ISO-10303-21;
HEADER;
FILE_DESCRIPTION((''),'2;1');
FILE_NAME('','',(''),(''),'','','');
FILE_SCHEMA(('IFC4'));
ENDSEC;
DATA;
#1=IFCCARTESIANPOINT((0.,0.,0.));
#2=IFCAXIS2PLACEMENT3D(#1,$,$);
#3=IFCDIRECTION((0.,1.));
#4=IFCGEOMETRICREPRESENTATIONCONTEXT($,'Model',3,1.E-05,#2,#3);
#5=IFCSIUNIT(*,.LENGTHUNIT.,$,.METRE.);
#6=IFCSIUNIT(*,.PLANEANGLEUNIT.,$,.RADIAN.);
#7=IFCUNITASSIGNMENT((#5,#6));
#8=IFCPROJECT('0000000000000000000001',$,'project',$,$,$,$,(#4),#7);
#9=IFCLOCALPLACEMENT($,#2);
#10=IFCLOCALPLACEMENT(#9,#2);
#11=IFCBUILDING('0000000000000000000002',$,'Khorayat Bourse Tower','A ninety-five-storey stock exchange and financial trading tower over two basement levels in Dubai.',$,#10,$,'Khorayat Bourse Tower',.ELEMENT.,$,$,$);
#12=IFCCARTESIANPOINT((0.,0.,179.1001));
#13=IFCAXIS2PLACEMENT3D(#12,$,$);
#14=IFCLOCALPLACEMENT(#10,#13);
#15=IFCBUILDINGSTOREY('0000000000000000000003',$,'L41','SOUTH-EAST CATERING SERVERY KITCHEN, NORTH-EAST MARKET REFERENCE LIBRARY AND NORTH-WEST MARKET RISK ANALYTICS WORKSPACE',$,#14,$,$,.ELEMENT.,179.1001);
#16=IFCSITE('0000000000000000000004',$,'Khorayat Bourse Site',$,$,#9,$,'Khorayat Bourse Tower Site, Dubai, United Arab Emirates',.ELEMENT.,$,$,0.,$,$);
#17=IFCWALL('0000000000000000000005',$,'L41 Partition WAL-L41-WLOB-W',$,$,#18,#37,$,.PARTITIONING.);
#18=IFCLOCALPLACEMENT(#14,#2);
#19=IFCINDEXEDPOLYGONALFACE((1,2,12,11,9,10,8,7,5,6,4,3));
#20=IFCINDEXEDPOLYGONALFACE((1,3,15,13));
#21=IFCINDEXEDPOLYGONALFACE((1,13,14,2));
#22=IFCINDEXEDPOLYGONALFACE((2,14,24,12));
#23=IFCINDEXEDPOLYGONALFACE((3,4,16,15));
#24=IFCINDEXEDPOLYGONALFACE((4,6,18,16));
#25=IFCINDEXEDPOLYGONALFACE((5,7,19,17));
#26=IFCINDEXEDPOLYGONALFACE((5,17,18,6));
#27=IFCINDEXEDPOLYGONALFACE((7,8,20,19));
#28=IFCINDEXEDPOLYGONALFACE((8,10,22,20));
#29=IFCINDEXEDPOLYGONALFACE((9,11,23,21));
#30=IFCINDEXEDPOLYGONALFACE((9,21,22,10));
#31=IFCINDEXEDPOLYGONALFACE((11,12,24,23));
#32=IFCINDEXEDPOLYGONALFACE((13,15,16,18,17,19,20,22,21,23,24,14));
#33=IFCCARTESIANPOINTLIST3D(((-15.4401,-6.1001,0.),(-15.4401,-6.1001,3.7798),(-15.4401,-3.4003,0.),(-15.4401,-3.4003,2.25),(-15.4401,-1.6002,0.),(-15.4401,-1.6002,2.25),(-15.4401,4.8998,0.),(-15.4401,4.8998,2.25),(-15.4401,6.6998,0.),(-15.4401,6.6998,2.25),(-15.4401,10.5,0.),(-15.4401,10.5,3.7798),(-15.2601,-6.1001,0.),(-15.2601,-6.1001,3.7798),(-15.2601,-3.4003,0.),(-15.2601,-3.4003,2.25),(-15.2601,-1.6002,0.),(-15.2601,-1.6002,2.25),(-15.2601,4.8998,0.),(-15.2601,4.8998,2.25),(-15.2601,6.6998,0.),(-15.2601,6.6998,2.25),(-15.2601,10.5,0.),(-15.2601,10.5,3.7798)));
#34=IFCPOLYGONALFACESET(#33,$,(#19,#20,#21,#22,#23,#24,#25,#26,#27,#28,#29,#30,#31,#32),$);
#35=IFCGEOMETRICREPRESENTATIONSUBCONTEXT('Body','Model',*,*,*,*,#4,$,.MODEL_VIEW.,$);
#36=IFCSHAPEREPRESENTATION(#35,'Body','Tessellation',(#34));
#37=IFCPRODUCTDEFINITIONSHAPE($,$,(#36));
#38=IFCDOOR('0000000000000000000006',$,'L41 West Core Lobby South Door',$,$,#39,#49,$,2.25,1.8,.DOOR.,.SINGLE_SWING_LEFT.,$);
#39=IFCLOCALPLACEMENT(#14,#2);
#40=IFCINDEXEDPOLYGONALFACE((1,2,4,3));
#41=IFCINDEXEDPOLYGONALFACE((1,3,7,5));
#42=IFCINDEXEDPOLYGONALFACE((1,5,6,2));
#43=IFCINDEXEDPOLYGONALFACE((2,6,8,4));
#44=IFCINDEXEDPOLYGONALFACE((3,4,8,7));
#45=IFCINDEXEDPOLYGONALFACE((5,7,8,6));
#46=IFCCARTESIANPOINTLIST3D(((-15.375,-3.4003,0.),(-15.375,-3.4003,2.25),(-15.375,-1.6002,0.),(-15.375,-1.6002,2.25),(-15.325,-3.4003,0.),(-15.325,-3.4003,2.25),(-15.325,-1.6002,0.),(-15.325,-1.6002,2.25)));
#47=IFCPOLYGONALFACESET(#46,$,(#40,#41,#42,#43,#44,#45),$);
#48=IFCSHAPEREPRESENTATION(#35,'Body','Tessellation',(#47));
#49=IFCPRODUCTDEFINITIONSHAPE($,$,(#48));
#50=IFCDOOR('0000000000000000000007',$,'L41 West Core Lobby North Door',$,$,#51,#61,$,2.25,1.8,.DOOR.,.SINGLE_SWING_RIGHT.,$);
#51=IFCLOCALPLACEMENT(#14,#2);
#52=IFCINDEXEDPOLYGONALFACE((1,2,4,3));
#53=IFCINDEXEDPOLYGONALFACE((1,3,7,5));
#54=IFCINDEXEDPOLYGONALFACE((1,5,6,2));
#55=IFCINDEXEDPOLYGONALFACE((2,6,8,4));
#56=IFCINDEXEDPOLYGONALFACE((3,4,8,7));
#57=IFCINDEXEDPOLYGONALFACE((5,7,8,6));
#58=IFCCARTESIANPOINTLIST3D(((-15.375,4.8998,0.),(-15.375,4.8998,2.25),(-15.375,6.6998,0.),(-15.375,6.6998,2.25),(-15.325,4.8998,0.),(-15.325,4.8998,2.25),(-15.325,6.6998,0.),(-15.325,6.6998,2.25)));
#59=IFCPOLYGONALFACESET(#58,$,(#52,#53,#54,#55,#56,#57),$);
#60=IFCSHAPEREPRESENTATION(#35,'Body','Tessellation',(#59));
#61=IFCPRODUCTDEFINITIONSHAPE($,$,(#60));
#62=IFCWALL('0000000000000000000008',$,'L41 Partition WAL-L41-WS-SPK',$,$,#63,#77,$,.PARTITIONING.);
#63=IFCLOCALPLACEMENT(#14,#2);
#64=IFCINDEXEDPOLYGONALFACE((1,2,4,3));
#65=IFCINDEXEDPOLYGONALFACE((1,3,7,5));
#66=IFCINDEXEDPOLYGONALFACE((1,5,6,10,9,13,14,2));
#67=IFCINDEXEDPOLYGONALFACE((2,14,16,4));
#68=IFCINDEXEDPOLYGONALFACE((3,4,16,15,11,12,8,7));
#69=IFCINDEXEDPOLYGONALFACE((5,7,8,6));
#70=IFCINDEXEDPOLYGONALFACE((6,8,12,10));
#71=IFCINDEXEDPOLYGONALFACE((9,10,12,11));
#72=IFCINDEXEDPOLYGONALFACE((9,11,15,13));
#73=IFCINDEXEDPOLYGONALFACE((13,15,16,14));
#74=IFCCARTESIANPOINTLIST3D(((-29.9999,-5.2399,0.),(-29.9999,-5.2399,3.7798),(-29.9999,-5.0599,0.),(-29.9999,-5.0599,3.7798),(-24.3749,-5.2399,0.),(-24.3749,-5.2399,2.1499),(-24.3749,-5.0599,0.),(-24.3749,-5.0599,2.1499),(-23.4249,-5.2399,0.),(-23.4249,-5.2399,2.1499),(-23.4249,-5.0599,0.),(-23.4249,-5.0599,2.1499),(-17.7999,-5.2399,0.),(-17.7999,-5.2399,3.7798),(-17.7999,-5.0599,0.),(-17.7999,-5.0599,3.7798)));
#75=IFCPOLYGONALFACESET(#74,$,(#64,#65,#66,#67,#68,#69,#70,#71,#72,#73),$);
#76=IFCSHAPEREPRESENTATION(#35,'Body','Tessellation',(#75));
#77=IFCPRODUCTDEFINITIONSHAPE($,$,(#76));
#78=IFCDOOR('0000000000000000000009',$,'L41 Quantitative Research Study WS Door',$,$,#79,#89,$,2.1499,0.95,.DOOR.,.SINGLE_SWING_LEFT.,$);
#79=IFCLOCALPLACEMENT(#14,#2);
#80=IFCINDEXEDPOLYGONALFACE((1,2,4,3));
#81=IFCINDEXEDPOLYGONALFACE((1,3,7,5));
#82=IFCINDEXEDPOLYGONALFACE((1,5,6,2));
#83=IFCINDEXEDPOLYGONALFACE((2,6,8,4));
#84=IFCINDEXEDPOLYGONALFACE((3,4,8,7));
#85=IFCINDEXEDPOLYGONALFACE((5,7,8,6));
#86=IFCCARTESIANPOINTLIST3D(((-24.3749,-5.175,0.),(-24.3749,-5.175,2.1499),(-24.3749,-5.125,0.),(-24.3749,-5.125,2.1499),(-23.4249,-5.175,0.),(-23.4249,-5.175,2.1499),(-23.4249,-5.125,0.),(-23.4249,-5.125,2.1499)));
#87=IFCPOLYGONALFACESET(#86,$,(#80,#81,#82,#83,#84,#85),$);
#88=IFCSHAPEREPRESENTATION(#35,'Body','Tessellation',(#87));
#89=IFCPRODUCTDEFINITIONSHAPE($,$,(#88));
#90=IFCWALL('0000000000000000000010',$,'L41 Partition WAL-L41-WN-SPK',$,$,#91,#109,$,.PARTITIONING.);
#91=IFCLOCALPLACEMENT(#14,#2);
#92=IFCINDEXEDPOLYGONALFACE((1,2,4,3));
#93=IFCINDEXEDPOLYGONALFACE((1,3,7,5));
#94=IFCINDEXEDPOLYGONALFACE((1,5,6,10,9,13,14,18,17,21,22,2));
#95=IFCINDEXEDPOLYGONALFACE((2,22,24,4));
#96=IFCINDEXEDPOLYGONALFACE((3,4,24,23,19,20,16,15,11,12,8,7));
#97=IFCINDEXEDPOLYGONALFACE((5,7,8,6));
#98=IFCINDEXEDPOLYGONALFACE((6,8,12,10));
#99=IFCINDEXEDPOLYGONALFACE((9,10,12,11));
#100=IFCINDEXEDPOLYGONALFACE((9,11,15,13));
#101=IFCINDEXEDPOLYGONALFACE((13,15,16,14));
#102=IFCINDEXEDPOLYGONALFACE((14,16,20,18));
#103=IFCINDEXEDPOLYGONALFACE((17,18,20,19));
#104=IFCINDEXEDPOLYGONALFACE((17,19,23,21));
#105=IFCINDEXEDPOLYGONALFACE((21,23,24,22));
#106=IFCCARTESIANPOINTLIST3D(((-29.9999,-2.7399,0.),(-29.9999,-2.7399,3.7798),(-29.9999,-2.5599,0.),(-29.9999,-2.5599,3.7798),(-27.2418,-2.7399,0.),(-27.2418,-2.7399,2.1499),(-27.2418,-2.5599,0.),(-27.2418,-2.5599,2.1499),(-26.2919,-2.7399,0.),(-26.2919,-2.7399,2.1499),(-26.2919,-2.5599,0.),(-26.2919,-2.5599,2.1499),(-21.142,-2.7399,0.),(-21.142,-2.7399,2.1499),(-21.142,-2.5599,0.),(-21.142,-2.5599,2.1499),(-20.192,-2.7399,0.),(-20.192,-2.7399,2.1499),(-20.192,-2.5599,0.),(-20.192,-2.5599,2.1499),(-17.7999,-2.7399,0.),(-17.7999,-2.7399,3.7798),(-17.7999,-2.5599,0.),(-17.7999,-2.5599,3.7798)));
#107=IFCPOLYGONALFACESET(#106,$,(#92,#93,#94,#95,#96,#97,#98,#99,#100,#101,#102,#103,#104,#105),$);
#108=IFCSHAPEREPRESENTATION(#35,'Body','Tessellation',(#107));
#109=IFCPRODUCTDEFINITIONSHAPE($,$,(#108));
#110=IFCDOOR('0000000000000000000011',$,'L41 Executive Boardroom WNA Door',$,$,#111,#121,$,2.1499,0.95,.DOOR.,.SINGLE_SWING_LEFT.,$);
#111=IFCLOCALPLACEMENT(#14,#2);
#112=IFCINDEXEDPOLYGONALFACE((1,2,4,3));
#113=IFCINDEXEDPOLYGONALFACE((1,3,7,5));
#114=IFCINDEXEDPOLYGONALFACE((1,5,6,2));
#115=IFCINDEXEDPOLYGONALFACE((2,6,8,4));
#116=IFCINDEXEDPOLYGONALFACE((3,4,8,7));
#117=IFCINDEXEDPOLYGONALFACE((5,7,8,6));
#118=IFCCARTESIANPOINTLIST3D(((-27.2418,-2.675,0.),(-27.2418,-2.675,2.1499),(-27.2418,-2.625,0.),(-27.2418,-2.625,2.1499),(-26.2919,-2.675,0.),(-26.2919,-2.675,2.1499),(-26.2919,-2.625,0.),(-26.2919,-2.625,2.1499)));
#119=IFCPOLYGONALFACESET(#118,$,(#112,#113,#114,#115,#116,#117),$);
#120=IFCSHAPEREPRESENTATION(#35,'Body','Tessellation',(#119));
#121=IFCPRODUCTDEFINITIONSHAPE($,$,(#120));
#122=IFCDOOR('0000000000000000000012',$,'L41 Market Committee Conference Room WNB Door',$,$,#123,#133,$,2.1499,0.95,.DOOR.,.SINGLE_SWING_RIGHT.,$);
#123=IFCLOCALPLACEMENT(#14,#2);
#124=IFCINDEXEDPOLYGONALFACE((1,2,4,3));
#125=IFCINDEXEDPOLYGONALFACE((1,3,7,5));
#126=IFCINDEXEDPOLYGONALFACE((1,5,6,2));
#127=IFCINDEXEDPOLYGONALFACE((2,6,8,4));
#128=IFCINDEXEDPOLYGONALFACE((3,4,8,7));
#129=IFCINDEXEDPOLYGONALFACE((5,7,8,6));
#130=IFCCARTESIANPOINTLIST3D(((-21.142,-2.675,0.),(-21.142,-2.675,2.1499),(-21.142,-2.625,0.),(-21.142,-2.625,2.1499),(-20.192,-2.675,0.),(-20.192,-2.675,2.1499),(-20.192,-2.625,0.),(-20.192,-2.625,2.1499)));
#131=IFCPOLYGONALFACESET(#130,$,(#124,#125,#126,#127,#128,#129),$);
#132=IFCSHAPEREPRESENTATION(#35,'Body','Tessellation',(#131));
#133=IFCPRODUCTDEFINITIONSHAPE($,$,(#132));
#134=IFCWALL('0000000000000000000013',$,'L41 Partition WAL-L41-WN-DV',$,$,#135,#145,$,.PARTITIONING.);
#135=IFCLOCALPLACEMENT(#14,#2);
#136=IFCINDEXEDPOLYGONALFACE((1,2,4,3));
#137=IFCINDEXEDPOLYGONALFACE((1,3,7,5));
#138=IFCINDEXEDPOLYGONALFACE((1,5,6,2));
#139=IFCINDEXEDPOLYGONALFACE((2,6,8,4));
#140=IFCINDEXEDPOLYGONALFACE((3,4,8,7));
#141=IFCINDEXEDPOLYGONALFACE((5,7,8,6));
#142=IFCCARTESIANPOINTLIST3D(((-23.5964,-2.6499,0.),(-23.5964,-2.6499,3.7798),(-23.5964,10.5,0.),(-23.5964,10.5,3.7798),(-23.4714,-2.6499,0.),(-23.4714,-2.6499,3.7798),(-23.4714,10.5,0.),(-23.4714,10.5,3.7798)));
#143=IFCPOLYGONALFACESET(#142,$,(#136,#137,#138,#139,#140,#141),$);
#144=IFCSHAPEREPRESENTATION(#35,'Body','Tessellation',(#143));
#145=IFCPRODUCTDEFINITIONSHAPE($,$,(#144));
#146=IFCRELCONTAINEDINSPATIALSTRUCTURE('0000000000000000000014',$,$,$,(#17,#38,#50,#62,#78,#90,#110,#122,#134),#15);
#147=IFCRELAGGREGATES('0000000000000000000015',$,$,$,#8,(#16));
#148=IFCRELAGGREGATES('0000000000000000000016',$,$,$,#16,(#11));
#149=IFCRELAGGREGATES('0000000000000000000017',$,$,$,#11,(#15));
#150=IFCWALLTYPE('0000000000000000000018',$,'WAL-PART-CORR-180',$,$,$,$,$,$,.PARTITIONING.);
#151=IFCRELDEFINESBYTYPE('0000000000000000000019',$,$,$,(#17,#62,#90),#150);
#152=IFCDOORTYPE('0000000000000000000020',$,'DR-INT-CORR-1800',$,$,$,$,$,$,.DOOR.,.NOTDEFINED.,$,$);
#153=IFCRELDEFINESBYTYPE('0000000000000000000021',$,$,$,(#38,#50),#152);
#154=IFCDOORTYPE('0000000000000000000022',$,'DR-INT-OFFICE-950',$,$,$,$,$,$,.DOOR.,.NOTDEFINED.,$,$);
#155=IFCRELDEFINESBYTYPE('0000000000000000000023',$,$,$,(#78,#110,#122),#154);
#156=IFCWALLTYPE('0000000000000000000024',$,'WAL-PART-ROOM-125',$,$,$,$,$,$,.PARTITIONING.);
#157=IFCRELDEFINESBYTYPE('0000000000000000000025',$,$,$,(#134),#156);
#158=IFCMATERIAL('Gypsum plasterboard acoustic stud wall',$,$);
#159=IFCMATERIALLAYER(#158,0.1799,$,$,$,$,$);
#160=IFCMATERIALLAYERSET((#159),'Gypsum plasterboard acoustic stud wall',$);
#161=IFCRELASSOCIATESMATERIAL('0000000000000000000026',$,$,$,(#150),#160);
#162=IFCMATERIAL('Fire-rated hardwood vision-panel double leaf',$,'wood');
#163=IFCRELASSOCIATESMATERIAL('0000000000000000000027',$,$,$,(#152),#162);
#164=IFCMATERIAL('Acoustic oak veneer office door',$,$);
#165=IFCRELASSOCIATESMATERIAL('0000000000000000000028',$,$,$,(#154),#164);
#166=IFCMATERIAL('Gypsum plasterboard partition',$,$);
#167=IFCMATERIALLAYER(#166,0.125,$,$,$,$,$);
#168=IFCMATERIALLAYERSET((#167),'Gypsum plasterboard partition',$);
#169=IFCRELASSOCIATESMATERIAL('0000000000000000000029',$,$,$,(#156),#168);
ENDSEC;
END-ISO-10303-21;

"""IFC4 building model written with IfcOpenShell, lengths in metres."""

from ifc_helpers import new_model, si_unit, direction, frame, frame_2d, origin, place, context, subcontext, project, spatial, rectangle, extrude, source, transform, mapped, material, layer, layer_set, type_object, element, fill, save


model = new_model("IFC4")

# Units and contexts
model_context = context("Model", 3, precision=1e-05, world=origin(), true_north=direction((0.0, 1.0)))
body_context = subcontext(model_context, "Body", "Model", "MODEL_VIEW")
ifc_project = project(units=[si_unit("LENGTHUNIT", "METRE"), si_unit("PLANEANGLEUNIT", "RADIAN")], contexts=[model_context])

# Site, building, storey
site_placement = place(None, origin())
site = spatial("IfcSite", under=ifc_project, at=site_placement, Name="Khorayat Bourse Site", LongName="Khorayat Bourse Tower Site, Dubai, United Arab Emirates", CompositionType="ELEMENT", RefElevation=0.0)
building_placement = place(site_placement, origin())
building = spatial("IfcBuilding", under=site, at=building_placement, Name="Khorayat Bourse Tower", Description="A ninety-five-storey stock exchange and financial trading tower over two basement levels in Dubai.", LongName="Khorayat Bourse Tower", CompositionType="ELEMENT")
storey_placement = place(building_placement, frame((0.0, 0.0, 179.1001)))
storey = spatial("IfcBuildingStorey", under=building, at=storey_placement, Name="L41", Description="SOUTH-EAST CATERING SERVERY KITCHEN, NORTH-EAST MARKET REFERENCE LIBRARY AND NORTH-WEST MARKET RISK ANALYTICS WORKSPACE", CompositionType="ELEMENT", Elevation=179.1001)

# Wall, openings, doors
ifc_material_1 = material(Name="Gypsum plasterboard acoustic stud wall")
ifc_layer_1 = layer(ifc_material_1, 0.1799)
ifc_layer_set_1 = layer_set([ifc_layer_1], Name="Gypsum plasterboard acoustic stud wall")
wall_type_1 = type_object("IfcWallType", Name="WAL-PART-CORR-180", PredefinedType="PARTITIONING", material=ifc_layer_set_1)
shared_shape_1 = source(origin(), body_context, "Body", "SweptSolid", [
    extrude(rectangle(XDim=16.6001, YDim=0.1799, at=frame_2d((8.3, 0.0))), origin(), (0.0, 0.0, 1.0), 3.7798),
])
wall_1_placement = place(storey_placement, frame((-15.3501, -6.1001, 0.0), z_axis=(0.0, 0.0, 1.0), x_axis=(0.0, 1.0, 0.0)))
wall_1 = element("IfcWall", 1, at=wall_1_placement, inside=storey, type_object=wall_type_1, Name="L41 Partition WAL-L41-WLOB-W", PredefinedType="PARTITIONING", context=body_context, shape_type="MappedRepresentation", body=[
    mapped(shared_shape_1, transform((0.0, 0.0, 0.0), scale=1.0)),
])
shared_shape_2 = source(origin(), body_context, "Body", "SweptSolid", [
    extrude(rectangle(XDim=1.8, YDim=2.25, at=frame_2d((0.8999, 1.125))), frame((0.0, 0.0999, 0.0), z_axis=(0.0, -1.0, 0.0), x_axis=(1.0, 0.0, 0.0)), (0.0, 0.0, 1.0), 0.2),
])
opening_1_placement = place(wall_1_placement, frame((2.7, 0.0, 0.0)))
opening_1 = element("IfcOpeningElement", 2, at=opening_1_placement, cuts=wall_1, PredefinedType="OPENING", context=body_context, shape_type="MappedRepresentation", body=[
    mapped(shared_shape_2, transform((0.0, 0.0, 0.0), scale=1.0)),
])
opening_2_placement = place(wall_1_placement, frame((11.0, 0.0, 0.0)))
opening_2 = element("IfcOpeningElement", 3, at=opening_2_placement, cuts=wall_1, PredefinedType="OPENING", context=body_context, shape_type="MappedRepresentation", body=[
    mapped(shared_shape_2, transform((0.0, 0.0, 0.0), scale=1.0)),
])
ifc_material_2 = material(Name="Fire-rated hardwood vision-panel double leaf", Category="wood")
door_type_1 = type_object("IfcDoorType", Name="DR-INT-CORR-1800", OperationType="NOTDEFINED", PredefinedType="DOOR", material=ifc_material_2)
shared_shape_3 = source(origin(), body_context, "Body", "SweptSolid", [
    extrude(rectangle(XDim=1.8, YDim=2.25, at=frame_2d((0.8999, 1.125))), frame((0.0, 0.0249, 0.0), z_axis=(0.0, -1.0, 0.0), x_axis=(1.0, 0.0, 0.0)), (0.0, 0.0, 1.0), 0.05),
])
door_1_placement = place(opening_1_placement, origin())
door_1 = element("IfcDoor", 4, at=door_1_placement, inside=storey, type_object=door_type_1, Name="L41 West Core Lobby South Door", OperationType="SINGLE_SWING_LEFT", OverallHeight=2.25, OverallWidth=1.8, PredefinedType="DOOR", context=body_context, shape_type="MappedRepresentation", body=[
    mapped(shared_shape_3, transform((0.0, 0.0, 0.0), scale=1.0)),
])
fill(opening_1, door_1)
door_2_placement = place(opening_2_placement, origin())
door_2 = element("IfcDoor", 5, at=door_2_placement, inside=storey, type_object=door_type_1, Name="L41 West Core Lobby North Door", OperationType="SINGLE_SWING_RIGHT", OverallHeight=2.25, OverallWidth=1.8, PredefinedType="DOOR", context=body_context, shape_type="MappedRepresentation", body=[
    mapped(shared_shape_3, transform((0.0, 0.0, 0.0), scale=1.0)),
])
fill(opening_2, door_2)

# Wall, opening, door
shared_shape_4 = source(origin(), body_context, "Body", "SweptSolid", [
    extrude(rectangle(XDim=12.2, YDim=0.1799, at=frame_2d((6.1001, 0.0))), origin(), (0.0, 0.0, 1.0), 3.7798),
])
wall_2_placement = place(storey_placement, frame((-30.0, -5.1499, 0.0), z_axis=(0.0, 0.0, 1.0), x_axis=(1.0, 0.0, 0.0)))
wall_2 = element("IfcWall", 6, at=wall_2_placement, inside=storey, type_object=wall_type_1, Name="L41 Partition WAL-L41-WS-SPK", PredefinedType="PARTITIONING", context=body_context, shape_type="MappedRepresentation", body=[
    mapped(shared_shape_4, transform((0.0, 0.0, 0.0), scale=1.0)),
])
shared_shape_5 = source(origin(), body_context, "Body", "SweptSolid", [
    extrude(rectangle(XDim=0.95, YDim=2.1499, at=frame_2d((0.4751, 1.075))), frame((0.0, 0.0999, 0.0), z_axis=(0.0, -1.0, 0.0), x_axis=(1.0, 0.0, 0.0)), (0.0, 0.0, 1.0), 0.2),
])
opening_3_placement = place(wall_2_placement, frame((5.625, 0.0, 0.0)))
opening_3 = element("IfcOpeningElement", 7, at=opening_3_placement, cuts=wall_2, PredefinedType="OPENING", context=body_context, shape_type="MappedRepresentation", body=[
    mapped(shared_shape_5, transform((0.0, 0.0, 0.0), scale=1.0)),
])
ifc_material_3 = material(Name="Acoustic oak veneer office door")
door_type_2 = type_object("IfcDoorType", Name="DR-INT-OFFICE-950", OperationType="NOTDEFINED", PredefinedType="DOOR", material=ifc_material_3)
shared_shape_6 = source(origin(), body_context, "Body", "SweptSolid", [
    extrude(rectangle(XDim=0.95, YDim=2.1499, at=frame_2d((0.4751, 1.075))), frame((0.0, 0.0249, 0.0), z_axis=(0.0, -1.0, 0.0), x_axis=(1.0, 0.0, 0.0)), (0.0, 0.0, 1.0), 0.05),
])
door_3_placement = place(opening_3_placement, origin())
door_3 = element("IfcDoor", 8, at=door_3_placement, inside=storey, type_object=door_type_2, Name="L41 Quantitative Research Study WS Door", OperationType="SINGLE_SWING_LEFT", OverallHeight=2.1499, OverallWidth=0.95, PredefinedType="DOOR", context=body_context, shape_type="MappedRepresentation", body=[
    mapped(shared_shape_6, transform((0.0, 0.0, 0.0), scale=1.0)),
])
fill(opening_3, door_3)

# Wall, openings, doors
wall_3_placement = place(storey_placement, frame((-30.0, -2.6499, 0.0), z_axis=(0.0, 0.0, 1.0), x_axis=(1.0, 0.0, 0.0)))
wall_3 = element("IfcWall", 9, at=wall_3_placement, inside=storey, type_object=wall_type_1, Name="L41 Partition WAL-L41-WN-SPK", PredefinedType="PARTITIONING", context=body_context, shape_type="MappedRepresentation", body=[
    mapped(shared_shape_4, transform((0.0, 0.0, 0.0), scale=1.0)),
])
opening_4_placement = place(wall_3_placement, frame((2.7581, 0.0, 0.0)))
opening_4 = element("IfcOpeningElement", 10, at=opening_4_placement, cuts=wall_3, PredefinedType="OPENING", context=body_context, shape_type="MappedRepresentation", body=[
    mapped(shared_shape_5, transform((0.0, 0.0, 0.0), scale=1.0)),
])
opening_5_placement = place(wall_3_placement, frame((8.8579, 0.0, 0.0)))
opening_5 = element("IfcOpeningElement", 11, at=opening_5_placement, cuts=wall_3, PredefinedType="OPENING", context=body_context, shape_type="MappedRepresentation", body=[
    mapped(shared_shape_5, transform((0.0, 0.0, 0.0), scale=1.0)),
])
door_4_placement = place(opening_4_placement, origin())
door_4 = element("IfcDoor", 12, at=door_4_placement, inside=storey, type_object=door_type_2, Name="L41 Executive Boardroom WNA Door", OperationType="SINGLE_SWING_LEFT", OverallHeight=2.1499, OverallWidth=0.95, PredefinedType="DOOR", context=body_context, shape_type="MappedRepresentation", body=[
    mapped(shared_shape_6, transform((0.0, 0.0, 0.0), scale=1.0)),
])
fill(opening_4, door_4)
door_5_placement = place(opening_5_placement, origin())
door_5 = element("IfcDoor", 13, at=door_5_placement, inside=storey, type_object=door_type_2, Name="L41 Market Committee Conference Room WNB Door", OperationType="SINGLE_SWING_RIGHT", OverallHeight=2.1499, OverallWidth=0.95, PredefinedType="DOOR", context=body_context, shape_type="MappedRepresentation", body=[
    mapped(shared_shape_6, transform((0.0, 0.0, 0.0), scale=1.0)),
])
fill(opening_5, door_5)

# Wall
ifc_material_4 = material(Name="Gypsum plasterboard partition")
ifc_layer_2 = layer(ifc_material_4, 0.125)
ifc_layer_set_2 = layer_set([ifc_layer_2], Name="Gypsum plasterboard partition")
wall_type_2 = type_object("IfcWallType", Name="WAL-PART-ROOM-125", PredefinedType="PARTITIONING", material=ifc_layer_set_2)
shared_shape_7 = source(origin(), body_context, "Body", "SweptSolid", [
    extrude(rectangle(XDim=13.1499, YDim=0.125, at=frame_2d((6.575, 0.0))), origin(), (0.0, 0.0, 1.0), 3.7798),
])
wall_4_placement = place(storey_placement, frame((-23.5339, -2.6499, 0.0), z_axis=(0.0, 0.0, 1.0), x_axis=(0.0, 1.0, 0.0)))
element("IfcWall", 14, at=wall_4_placement, inside=storey, type_object=wall_type_2, Name="L41 Partition WAL-L41-WN-DV", PredefinedType="PARTITIONING", context=body_context, shape_type="MappedRepresentation", body=[
    mapped(shared_shape_7, transform((0.0, 0.0, 0.0), scale=1.0)),
])

save(model, "model.ifc")
